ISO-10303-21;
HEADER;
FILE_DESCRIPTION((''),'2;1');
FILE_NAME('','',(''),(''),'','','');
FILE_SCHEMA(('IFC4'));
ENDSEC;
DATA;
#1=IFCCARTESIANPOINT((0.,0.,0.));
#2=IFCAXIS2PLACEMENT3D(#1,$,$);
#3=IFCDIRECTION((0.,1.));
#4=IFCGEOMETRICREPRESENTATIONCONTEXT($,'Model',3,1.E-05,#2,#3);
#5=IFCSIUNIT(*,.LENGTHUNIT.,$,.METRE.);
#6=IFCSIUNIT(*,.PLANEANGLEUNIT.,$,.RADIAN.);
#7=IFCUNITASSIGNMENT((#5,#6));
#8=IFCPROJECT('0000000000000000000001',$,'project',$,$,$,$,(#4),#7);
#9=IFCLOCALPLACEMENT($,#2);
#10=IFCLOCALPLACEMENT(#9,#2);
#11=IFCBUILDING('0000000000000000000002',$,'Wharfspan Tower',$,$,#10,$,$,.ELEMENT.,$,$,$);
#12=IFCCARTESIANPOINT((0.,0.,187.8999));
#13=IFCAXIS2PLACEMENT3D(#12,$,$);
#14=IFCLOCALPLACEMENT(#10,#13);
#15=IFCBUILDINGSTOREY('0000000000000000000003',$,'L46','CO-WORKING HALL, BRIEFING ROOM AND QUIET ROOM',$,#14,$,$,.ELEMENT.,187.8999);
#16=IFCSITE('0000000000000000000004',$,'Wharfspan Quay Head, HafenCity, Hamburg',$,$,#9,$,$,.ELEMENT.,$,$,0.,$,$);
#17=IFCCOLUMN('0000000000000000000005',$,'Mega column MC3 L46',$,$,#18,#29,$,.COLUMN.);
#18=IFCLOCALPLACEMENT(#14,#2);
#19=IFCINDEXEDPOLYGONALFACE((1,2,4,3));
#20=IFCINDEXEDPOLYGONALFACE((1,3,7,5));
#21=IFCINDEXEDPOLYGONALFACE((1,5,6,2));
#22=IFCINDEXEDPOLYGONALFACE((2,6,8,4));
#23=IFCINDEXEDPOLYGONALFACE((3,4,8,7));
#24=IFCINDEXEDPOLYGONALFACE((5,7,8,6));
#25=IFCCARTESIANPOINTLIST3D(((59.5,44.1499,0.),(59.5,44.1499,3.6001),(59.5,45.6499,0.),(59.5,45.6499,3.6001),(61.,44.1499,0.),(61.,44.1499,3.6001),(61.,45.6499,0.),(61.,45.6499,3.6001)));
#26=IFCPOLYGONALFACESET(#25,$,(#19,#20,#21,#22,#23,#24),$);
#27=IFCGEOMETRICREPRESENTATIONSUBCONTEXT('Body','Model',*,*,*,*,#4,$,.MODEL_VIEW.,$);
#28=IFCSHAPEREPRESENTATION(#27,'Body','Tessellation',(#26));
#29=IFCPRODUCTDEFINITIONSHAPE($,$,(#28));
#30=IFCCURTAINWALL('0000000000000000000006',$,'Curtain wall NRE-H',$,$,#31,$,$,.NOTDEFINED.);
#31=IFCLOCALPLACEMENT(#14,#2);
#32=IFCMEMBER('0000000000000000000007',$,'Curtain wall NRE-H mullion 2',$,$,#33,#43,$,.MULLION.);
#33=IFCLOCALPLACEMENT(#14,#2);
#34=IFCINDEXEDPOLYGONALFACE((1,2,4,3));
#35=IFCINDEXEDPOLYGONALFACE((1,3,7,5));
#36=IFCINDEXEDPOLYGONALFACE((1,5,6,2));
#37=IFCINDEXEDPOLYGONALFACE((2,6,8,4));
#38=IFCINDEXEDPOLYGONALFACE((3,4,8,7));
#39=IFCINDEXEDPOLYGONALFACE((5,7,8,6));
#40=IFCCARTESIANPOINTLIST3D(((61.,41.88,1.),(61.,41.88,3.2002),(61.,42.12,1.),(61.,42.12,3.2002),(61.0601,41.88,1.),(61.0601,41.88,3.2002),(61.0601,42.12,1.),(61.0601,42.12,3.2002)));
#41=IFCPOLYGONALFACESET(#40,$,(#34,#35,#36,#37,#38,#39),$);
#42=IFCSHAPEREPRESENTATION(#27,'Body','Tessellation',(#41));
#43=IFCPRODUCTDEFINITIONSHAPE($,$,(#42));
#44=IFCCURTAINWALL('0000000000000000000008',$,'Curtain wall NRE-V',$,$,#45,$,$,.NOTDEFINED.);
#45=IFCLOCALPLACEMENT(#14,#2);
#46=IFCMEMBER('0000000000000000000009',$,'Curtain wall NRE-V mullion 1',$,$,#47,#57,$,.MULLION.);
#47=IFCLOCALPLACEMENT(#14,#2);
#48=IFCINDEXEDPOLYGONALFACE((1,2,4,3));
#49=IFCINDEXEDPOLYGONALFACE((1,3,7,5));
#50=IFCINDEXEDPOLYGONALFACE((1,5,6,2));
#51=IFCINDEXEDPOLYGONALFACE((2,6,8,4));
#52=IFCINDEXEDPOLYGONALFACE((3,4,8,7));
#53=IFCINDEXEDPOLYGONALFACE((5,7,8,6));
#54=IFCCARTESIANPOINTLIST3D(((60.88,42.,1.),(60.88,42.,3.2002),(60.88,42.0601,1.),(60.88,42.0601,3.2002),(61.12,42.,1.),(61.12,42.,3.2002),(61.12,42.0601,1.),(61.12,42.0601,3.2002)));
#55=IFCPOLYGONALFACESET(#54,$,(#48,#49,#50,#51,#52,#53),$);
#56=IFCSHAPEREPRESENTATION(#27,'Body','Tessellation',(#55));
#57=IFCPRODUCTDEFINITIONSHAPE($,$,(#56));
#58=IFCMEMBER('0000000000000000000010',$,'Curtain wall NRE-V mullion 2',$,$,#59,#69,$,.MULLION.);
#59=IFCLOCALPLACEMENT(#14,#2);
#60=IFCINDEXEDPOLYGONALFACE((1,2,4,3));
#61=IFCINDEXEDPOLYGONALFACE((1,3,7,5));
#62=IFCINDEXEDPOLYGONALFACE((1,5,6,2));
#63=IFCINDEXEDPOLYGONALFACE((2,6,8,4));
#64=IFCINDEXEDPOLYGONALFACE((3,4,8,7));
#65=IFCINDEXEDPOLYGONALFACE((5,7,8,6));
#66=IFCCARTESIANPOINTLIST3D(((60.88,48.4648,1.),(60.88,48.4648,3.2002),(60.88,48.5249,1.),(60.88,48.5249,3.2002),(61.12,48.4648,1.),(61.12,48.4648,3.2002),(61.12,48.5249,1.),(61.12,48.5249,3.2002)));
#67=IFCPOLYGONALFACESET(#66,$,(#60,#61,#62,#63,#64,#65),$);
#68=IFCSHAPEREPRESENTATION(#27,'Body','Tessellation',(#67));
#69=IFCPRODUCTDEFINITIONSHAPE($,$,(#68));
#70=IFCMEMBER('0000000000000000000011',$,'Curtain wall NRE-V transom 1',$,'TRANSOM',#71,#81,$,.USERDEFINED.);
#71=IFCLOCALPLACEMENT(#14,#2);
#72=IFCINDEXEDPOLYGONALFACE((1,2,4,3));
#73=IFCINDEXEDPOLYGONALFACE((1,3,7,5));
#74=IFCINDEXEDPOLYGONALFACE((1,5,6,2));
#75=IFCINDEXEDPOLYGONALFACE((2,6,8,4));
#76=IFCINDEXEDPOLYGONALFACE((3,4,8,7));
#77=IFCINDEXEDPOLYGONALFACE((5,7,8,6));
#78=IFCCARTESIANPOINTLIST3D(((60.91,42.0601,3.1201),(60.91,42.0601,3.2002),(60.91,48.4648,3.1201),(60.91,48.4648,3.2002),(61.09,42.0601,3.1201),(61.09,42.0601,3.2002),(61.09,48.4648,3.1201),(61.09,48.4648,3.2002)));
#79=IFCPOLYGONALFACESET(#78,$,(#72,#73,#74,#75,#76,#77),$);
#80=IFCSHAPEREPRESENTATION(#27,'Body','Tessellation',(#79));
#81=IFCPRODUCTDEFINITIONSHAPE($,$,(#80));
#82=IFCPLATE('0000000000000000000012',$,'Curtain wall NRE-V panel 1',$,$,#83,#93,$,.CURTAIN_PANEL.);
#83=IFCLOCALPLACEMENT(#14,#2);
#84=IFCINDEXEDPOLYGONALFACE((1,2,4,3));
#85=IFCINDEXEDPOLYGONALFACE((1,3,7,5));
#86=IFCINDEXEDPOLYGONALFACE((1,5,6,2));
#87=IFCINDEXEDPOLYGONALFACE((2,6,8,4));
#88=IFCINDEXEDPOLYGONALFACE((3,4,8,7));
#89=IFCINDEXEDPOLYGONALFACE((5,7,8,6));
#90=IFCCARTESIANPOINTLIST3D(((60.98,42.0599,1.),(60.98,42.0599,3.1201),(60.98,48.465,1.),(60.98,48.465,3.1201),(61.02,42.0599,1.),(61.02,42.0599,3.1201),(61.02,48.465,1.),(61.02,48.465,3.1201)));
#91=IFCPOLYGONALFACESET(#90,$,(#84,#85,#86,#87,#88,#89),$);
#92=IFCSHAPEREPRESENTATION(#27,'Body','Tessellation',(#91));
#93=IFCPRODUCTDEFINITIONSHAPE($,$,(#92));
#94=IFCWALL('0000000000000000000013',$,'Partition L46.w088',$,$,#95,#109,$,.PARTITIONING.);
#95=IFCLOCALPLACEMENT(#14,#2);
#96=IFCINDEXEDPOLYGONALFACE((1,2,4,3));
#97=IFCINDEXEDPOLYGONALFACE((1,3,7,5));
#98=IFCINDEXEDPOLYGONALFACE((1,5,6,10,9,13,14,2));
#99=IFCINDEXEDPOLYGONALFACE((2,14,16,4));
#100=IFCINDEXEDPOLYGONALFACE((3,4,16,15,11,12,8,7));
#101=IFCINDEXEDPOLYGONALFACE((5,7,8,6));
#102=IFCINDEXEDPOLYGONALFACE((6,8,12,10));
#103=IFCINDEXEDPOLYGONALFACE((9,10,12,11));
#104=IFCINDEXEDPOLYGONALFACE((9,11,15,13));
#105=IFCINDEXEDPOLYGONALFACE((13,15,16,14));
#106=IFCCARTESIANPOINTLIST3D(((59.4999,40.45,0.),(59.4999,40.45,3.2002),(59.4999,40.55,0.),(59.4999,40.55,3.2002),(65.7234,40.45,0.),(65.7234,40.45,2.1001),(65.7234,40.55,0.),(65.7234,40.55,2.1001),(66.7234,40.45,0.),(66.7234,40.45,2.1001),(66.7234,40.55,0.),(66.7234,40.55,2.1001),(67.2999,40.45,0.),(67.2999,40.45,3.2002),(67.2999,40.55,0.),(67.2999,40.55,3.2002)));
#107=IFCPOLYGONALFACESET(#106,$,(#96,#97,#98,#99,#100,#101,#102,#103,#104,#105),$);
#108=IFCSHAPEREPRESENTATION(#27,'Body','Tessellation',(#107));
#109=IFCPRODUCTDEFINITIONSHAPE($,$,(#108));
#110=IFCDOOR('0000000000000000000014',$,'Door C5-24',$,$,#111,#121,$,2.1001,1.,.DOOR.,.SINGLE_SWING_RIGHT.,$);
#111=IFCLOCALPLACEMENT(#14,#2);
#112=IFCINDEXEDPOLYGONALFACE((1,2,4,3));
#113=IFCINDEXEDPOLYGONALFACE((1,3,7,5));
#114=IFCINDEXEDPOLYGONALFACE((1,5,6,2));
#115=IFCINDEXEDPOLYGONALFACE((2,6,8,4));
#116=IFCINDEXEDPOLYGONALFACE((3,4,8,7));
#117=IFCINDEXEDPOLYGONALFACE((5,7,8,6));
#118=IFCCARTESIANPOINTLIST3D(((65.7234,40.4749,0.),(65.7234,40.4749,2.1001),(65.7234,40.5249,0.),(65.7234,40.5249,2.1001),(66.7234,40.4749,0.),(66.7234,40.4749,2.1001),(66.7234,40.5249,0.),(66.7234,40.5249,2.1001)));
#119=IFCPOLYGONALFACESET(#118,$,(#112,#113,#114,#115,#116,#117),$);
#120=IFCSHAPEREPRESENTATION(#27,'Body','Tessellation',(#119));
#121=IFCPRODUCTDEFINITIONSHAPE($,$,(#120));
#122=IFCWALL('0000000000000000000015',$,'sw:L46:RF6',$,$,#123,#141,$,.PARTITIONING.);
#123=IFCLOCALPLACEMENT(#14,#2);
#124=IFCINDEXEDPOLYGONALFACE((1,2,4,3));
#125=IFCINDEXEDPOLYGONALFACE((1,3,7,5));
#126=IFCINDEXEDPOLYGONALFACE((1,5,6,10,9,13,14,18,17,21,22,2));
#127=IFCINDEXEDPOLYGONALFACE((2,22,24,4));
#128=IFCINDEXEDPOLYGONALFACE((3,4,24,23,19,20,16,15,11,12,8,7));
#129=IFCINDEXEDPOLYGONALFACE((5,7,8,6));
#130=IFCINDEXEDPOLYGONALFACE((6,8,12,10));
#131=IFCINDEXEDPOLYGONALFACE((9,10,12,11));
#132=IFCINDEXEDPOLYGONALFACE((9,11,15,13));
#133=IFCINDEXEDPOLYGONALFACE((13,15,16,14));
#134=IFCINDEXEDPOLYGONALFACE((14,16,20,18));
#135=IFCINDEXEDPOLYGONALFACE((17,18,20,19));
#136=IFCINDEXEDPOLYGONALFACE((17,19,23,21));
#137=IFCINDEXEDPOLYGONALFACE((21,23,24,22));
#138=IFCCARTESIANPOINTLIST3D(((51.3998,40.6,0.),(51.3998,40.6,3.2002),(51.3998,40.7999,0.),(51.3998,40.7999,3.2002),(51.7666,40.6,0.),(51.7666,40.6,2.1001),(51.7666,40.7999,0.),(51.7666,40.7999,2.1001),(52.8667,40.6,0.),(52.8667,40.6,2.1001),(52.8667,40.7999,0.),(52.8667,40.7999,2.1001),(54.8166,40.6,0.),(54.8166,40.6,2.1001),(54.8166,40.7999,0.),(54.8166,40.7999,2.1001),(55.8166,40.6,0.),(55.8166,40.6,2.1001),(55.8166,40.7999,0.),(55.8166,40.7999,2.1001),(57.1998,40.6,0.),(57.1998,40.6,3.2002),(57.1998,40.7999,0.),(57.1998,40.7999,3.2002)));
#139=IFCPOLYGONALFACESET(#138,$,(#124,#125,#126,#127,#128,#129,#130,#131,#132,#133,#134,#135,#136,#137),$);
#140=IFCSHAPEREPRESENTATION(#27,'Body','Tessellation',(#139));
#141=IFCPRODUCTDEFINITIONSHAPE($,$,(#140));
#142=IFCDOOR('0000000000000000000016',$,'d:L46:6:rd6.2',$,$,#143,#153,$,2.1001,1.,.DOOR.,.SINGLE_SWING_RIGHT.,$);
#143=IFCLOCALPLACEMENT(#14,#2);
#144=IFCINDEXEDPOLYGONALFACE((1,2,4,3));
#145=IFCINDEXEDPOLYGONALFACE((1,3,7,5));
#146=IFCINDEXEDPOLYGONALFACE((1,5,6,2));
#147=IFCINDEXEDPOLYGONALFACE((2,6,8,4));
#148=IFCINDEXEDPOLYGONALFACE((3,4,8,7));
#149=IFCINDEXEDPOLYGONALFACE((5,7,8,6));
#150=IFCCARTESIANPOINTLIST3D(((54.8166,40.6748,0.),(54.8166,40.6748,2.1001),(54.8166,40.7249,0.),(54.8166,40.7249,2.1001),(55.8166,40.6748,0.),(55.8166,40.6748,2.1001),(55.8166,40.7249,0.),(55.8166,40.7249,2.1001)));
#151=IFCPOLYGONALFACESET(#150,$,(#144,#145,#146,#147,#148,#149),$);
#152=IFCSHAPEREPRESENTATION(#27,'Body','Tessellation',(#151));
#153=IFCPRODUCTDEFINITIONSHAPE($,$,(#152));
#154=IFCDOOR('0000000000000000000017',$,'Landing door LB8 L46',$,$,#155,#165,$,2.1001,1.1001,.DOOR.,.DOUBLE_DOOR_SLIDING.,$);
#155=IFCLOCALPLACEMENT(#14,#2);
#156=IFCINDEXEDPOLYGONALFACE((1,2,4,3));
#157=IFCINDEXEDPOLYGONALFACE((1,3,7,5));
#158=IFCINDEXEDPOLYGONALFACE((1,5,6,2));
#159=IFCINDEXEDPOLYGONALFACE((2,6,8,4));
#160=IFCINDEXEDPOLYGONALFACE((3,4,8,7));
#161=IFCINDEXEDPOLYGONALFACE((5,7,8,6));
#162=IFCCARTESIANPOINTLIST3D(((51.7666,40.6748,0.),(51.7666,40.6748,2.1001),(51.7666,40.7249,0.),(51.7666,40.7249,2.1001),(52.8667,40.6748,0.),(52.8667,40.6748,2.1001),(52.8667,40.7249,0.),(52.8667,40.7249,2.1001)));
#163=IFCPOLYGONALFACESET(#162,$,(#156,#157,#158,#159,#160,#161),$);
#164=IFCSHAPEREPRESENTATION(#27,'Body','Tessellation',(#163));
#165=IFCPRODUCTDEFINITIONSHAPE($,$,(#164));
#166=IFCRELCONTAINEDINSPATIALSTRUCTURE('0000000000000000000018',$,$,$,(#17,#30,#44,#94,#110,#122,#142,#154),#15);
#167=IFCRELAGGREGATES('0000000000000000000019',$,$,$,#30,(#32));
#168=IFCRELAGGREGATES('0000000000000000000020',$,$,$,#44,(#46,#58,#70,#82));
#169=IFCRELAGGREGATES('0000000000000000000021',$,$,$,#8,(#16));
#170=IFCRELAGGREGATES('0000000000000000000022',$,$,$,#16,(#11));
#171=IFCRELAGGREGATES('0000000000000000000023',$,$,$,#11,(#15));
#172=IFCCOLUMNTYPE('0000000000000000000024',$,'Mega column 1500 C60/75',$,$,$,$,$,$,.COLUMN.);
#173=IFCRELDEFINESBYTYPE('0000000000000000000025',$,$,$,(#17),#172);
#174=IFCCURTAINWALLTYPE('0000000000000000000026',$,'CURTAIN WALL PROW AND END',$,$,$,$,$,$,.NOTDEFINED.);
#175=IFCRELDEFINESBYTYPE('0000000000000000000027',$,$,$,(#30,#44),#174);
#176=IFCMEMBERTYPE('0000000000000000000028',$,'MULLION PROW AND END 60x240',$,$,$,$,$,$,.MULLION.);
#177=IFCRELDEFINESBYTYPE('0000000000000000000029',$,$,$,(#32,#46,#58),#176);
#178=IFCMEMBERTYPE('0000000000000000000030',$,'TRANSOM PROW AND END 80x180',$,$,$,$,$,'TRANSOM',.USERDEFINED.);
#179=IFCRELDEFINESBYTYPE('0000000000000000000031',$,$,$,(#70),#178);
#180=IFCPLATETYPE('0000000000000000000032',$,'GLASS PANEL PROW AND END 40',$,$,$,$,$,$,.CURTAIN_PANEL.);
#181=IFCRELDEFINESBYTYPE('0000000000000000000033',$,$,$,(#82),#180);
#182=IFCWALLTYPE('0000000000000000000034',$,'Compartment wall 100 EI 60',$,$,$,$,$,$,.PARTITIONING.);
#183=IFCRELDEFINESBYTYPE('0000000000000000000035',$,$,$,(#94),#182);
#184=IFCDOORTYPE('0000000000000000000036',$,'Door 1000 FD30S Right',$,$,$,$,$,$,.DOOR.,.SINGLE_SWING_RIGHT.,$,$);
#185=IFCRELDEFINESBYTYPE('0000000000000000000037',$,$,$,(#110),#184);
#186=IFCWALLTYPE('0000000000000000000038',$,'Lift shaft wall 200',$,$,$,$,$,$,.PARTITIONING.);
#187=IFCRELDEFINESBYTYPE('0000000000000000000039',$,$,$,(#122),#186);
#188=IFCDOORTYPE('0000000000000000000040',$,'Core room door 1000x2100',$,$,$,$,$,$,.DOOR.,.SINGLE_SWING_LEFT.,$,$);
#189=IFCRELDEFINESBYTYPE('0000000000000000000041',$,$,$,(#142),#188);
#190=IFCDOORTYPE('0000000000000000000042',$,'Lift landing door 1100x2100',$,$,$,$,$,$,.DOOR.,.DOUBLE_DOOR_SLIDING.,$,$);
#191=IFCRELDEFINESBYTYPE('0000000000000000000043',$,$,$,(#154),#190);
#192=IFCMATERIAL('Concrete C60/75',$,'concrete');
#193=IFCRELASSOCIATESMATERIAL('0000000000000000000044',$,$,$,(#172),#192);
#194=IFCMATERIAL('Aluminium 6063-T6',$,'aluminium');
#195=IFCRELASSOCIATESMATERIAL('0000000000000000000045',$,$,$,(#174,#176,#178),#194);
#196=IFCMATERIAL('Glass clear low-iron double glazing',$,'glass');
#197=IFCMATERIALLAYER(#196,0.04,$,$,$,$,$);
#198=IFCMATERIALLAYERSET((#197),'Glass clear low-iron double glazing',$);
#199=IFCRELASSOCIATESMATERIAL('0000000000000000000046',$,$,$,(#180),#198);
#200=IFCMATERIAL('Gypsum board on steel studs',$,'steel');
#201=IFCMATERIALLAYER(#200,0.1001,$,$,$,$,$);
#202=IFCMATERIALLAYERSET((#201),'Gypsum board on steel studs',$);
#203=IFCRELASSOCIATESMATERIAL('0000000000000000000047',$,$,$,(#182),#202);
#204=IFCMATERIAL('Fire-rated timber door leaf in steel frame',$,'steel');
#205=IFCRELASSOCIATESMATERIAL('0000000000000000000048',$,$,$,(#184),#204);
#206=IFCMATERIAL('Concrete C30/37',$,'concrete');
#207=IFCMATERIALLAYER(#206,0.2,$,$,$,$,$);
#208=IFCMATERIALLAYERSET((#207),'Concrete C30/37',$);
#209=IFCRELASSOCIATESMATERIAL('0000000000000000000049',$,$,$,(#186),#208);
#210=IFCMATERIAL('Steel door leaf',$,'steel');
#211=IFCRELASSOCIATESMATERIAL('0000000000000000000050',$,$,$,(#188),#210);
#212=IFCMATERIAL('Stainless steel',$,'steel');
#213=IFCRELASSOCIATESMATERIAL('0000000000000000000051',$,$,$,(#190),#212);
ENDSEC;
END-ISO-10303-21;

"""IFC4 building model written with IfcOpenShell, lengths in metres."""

from ifc_helpers import new_model, si_unit, direction, frame, frame_2d, origin, origin_2d, place, context, subcontext, project, spatial, rectangle, extrude, material, layer, layer_set, material_profile, profile_set, type_object, element, fill, aggregate, save


model = new_model("IFC4")

# Units and contexts
model_context = context("Model", 3, precision=1e-05, world=origin(), true_north=direction((0.0, 1.0)))
body_context = subcontext(model_context, "Body", "Model", "MODEL_VIEW")
ifc_project = project(units=[si_unit("LENGTHUNIT", "METRE"), si_unit("PLANEANGLEUNIT", "RADIAN")], contexts=[model_context])

# Site, building, storey
site_placement = place(None, origin())
site = spatial("IfcSite", under=ifc_project, at=site_placement, Name="Wharfspan Quay Head, HafenCity, Hamburg", CompositionType="ELEMENT", RefElevation=0.0)
building_placement = place(site_placement, origin())
building = spatial("IfcBuilding", under=site, at=building_placement, Name="Wharfspan Tower", CompositionType="ELEMENT")
storey_placement = place(building_placement, frame((0.0, 0.0, 187.8999)))
storey = spatial("IfcBuildingStorey", under=building, at=storey_placement, Name="L46", Description="CO-WORKING HALL, BRIEFING ROOM AND QUIET ROOM", CompositionType="ELEMENT", Elevation=187.8999)

# Column
ifc_material_1 = material(Name="Concrete C60/75", Category="concrete")
ifc_material_profile_1 = material_profile(ifc_material_1, rectangle(XDim=1.5, YDim=1.5, at=origin_2d()))
ifc_profile_set_1 = profile_set([ifc_material_profile_1], Name="Concrete C60/75")
column_type = type_object("IfcColumnType", Name="Mega column 1500 C60/75", PredefinedType="COLUMN", material=ifc_profile_set_1)
column_placement = place(storey_placement, frame((60.25, 44.8999, 0.0), z_axis=(0.0, 0.0, 1.0), x_axis=(1.0, 0.0, 0.0)))
element("IfcColumn", 1, at=column_placement, inside=storey, type_object=column_type, Name="Mega column MC3 L46", PredefinedType="COLUMN", context=body_context, shape_type="SweptSolid", body=[
    extrude(rectangle(XDim=1.5, YDim=1.5, at=origin_2d()), origin(), (0.0, 0.0, 1.0), 3.6001),
])

# Curtain wall, member
ifc_material_2 = material(Name="Aluminium 6063-T6", Category="aluminium")
curtain_wall_type = type_object("IfcCurtainWallType", Name="CURTAIN WALL PROW AND END", PredefinedType="NOTDEFINED", material=ifc_material_2)
curtain_wall_1_placement = place(storey_placement, origin())
curtain_wall_1 = element("IfcCurtainWall", 2, at=curtain_wall_1_placement, inside=storey, type_object=curtain_wall_type, Name="Curtain wall NRE-H", PredefinedType="NOTDEFINED")
ifc_material_profile_2 = material_profile(ifc_material_2, rectangle(XDim=0.24, YDim=0.0601, at=origin_2d()))
ifc_profile_set_2 = profile_set([ifc_material_profile_2], Name="Aluminium 6063-T6")
member_type_1 = type_object("IfcMemberType", Name="MULLION PROW AND END 60x240", PredefinedType="MULLION", material=ifc_profile_set_2)
member_1_placement = place(storey_placement, frame((61.03, 42.0, 1.0), z_axis=(0.0, 0.0, 1.0), x_axis=(0.0, -1.0, 0.0)))
member_1 = element("IfcMember", 3, at=member_1_placement, type_object=member_type_1, Name="Curtain wall NRE-H mullion 2", PredefinedType="MULLION", context=body_context, shape_type="SweptSolid", body=[
    extrude(rectangle(XDim=0.24, YDim=0.0601, at=origin_2d()), origin(), (0.0, 0.0, 1.0), 2.2002),
])
aggregate(curtain_wall_1, [member_1])

# Curtain wall, members, plate
curtain_wall_2_placement = place(storey_placement, origin())
curtain_wall_2 = element("IfcCurtainWall", 4, at=curtain_wall_2_placement, inside=storey, type_object=curtain_wall_type, Name="Curtain wall NRE-V", PredefinedType="NOTDEFINED")
member_2_placement = place(storey_placement, frame((61.0, 42.03, 1.0), z_axis=(0.0, 0.0, 1.0), x_axis=(-1.0, 0.0, 0.0)))
member_2 = element("IfcMember", 5, at=member_2_placement, type_object=member_type_1, Name="Curtain wall NRE-V mullion 1", PredefinedType="MULLION", context=body_context, shape_type="SweptSolid", body=[
    extrude(rectangle(XDim=0.24, YDim=0.0601, at=origin_2d()), origin(), (0.0, 0.0, 1.0), 2.2002),
])
member_3_placement = place(storey_placement, frame((61.0, 48.4949, 1.0), z_axis=(0.0, 0.0, 1.0), x_axis=(-1.0, 0.0, 0.0)))
member_3 = element("IfcMember", 6, at=member_3_placement, type_object=member_type_1, Name="Curtain wall NRE-V mullion 2", PredefinedType="MULLION", context=body_context, shape_type="SweptSolid", body=[
    extrude(rectangle(XDim=0.24, YDim=0.0601, at=origin_2d()), origin(), (0.0, 0.0, 1.0), 2.2002),
])
ifc_material_profile_3 = material_profile(ifc_material_2, rectangle(XDim=0.1799, YDim=0.0801, at=origin_2d()))
ifc_profile_set_3 = profile_set([ifc_material_profile_3], Name="Aluminium 6063-T6")
member_type_2 = type_object("IfcMemberType", Name="TRANSOM PROW AND END 80x180", ElementType="TRANSOM", PredefinedType="USERDEFINED", material=ifc_profile_set_3)
member_4_placement = place(storey_placement, frame((61.0, 42.0601, 3.1602), z_axis=(0.0, 1.0, 0.0), x_axis=(-1.0, 0.0, 0.0)))
member_4 = element("IfcMember", 7, at=member_4_placement, type_object=member_type_2, Name="Curtain wall NRE-V transom 1", ObjectType="TRANSOM", PredefinedType="USERDEFINED", context=body_context, shape_type="SweptSolid", body=[
    extrude(rectangle(XDim=0.1799, YDim=0.0801, at=origin_2d()), origin(), (0.0, 0.0, 1.0), 6.4048),
])
ifc_material_3 = material(Name="Glass clear low-iron double glazing", Category="glass")
ifc_layer_1 = layer(ifc_material_3, 0.04)
ifc_layer_set_1 = layer_set([ifc_layer_1], Name="Glass clear low-iron double glazing")
plate_type = type_object("IfcPlateType", Name="GLASS PANEL PROW AND END 40", PredefinedType="CURTAIN_PANEL", material=ifc_layer_set_1)
plate_placement = place(storey_placement, frame((61.0, 45.2625, 1.0), z_axis=(0.0, 0.0, 1.0), x_axis=(0.0, 1.0, 0.0)))
plate = element("IfcPlate", 8, at=plate_placement, type_object=plate_type, Name="Curtain wall NRE-V panel 1", PredefinedType="CURTAIN_PANEL", context=body_context, shape_type="SweptSolid", body=[
    extrude(rectangle(XDim=6.405, YDim=0.04, at=origin_2d()), origin(), (0.0, 0.0, 1.0), 2.1201),
])
aggregate(curtain_wall_2, [member_2, member_3, member_4, plate])

# Wall, opening, door
ifc_material_4 = material(Name="Gypsum board on steel studs", Category="steel")
ifc_layer_2 = layer(ifc_material_4, 0.1001)
ifc_layer_set_2 = layer_set([ifc_layer_2], Name="Gypsum board on steel studs")
wall_type_1 = type_object("IfcWallType", Name="Compartment wall 100 EI 60", PredefinedType="PARTITIONING", material=ifc_layer_set_2)
wall_1_placement = place(storey_placement, frame((59.5, 40.5, 0.0), z_axis=(0.0, 0.0, 1.0), x_axis=(1.0, 0.0, 0.0)))
wall_1 = element("IfcWall", 9, at=wall_1_placement, inside=storey, type_object=wall_type_1, Name="Partition L46.w088", PredefinedType="PARTITIONING", context=body_context, shape_type="SweptSolid", body=[
    extrude(rectangle(XDim=7.8, YDim=0.1001, at=frame_2d((3.8999, 0.0))), origin(), (0.0, 0.0, 1.0), 3.2002),
])
opening_1_placement = place(wall_1_placement, frame((6.2234, 0.0, 0.0)))
opening_1 = element("IfcOpeningElement", 10, at=opening_1_placement, cuts=wall_1, PredefinedType="OPENING", context=body_context, shape_type="SweptSolid", body=[
    extrude(rectangle(XDim=1.0, YDim=2.1001, at=frame_2d((0.5, 1.05))), frame((0.0, 0.0601, 0.0), z_axis=(0.0, -1.0, 0.0), x_axis=(1.0, 0.0, 0.0)), (0.0, 0.0, 1.0), 0.1201),
])
ifc_material_5 = material(Name="Fire-rated timber door leaf in steel frame", Category="steel")
door_type_1 = type_object("IfcDoorType", Name="Door 1000 FD30S Right", OperationType="SINGLE_SWING_RIGHT", PredefinedType="DOOR", material=ifc_material_5)
door_1_placement = place(opening_1_placement, origin())
door_1 = element("IfcDoor", 11, at=door_1_placement, inside=storey, type_object=door_type_1, Name="Door C5-24", OperationType="SINGLE_SWING_RIGHT", OverallHeight=2.1001, OverallWidth=1.0, PredefinedType="DOOR", context=body_context, shape_type="SweptSolid", body=[
    extrude(rectangle(XDim=1.0, YDim=2.1001, at=frame_2d((0.5, 1.05))), frame((0.0, 0.0249, 0.0), z_axis=(0.0, -1.0, 0.0), x_axis=(1.0, 0.0, 0.0)), (0.0, 0.0, 1.0), 0.05),
])
fill(opening_1, door_1)

# Wall, openings, doors
ifc_material_6 = material(Name="Concrete C30/37", Category="concrete")
ifc_layer_3 = layer(ifc_material_6, 0.2)
ifc_layer_set_3 = layer_set([ifc_layer_3], Name="Concrete C30/37")
wall_type_2 = type_object("IfcWallType", Name="Lift shaft wall 200", PredefinedType="PARTITIONING", material=ifc_layer_set_3)
wall_2_placement = place(storey_placement, frame((51.3999, 40.7, 0.0), z_axis=(0.0, 0.0, 1.0), x_axis=(1.0, 0.0, 0.0)))
wall_2 = element("IfcWall", 12, at=wall_2_placement, inside=storey, type_object=wall_type_2, Name="sw:L46:RF6", PredefinedType="PARTITIONING", context=body_context, shape_type="SweptSolid", body=[
    extrude(rectangle(XDim=5.8, YDim=0.2, at=frame_2d((2.8999, 0.0))), origin(), (0.0, 0.0, 1.0), 3.2002),
])
opening_2_placement = place(wall_2_placement, frame((0.3667, 0.0, 0.0)))
opening_2 = element("IfcOpeningElement", 13, at=opening_2_placement, cuts=wall_2, PredefinedType="OPENING", context=body_context, shape_type="SweptSolid", body=[
    extrude(rectangle(XDim=1.1001, YDim=2.1001, at=frame_2d((0.55, 1.05))), frame((0.0, 0.1099, 0.0), z_axis=(0.0, -1.0, 0.0), x_axis=(1.0, 0.0, 0.0)), (0.0, 0.0, 1.0), 0.22),
])
opening_3_placement = place(wall_2_placement, frame((3.4167, 0.0, 0.0)))
opening_3 = element("IfcOpeningElement", 14, at=opening_3_placement, cuts=wall_2, PredefinedType="OPENING", context=body_context, shape_type="SweptSolid", body=[
    extrude(rectangle(XDim=1.0, YDim=2.1001, at=frame_2d((0.5, 1.05))), frame((0.0, 0.1099, 0.0), z_axis=(0.0, -1.0, 0.0), x_axis=(1.0, 0.0, 0.0)), (0.0, 0.0, 1.0), 0.22),
])
ifc_material_7 = material(Name="Steel door leaf", Category="steel")
door_type_2 = type_object("IfcDoorType", Name="Core room door 1000x2100", OperationType="SINGLE_SWING_LEFT", PredefinedType="DOOR", material=ifc_material_7)
door_2_placement = place(opening_3_placement, origin())
door_2 = element("IfcDoor", 15, at=door_2_placement, inside=storey, type_object=door_type_2, Name="d:L46:6:rd6.2", OperationType="SINGLE_SWING_RIGHT", OverallHeight=2.1001, OverallWidth=1.0, PredefinedType="DOOR", context=body_context, shape_type="SweptSolid", body=[
    extrude(rectangle(XDim=1.0, YDim=2.1001, at=frame_2d((0.5, 1.05))), frame((0.0, 0.0249, 0.0), z_axis=(0.0, -1.0, 0.0), x_axis=(1.0, 0.0, 0.0)), (0.0, 0.0, 1.0), 0.05),
])
fill(opening_3, door_2)
ifc_material_8 = material(Name="Stainless steel", Category="steel")
door_type_3 = type_object("IfcDoorType", Name="Lift landing door 1100x2100", OperationType="DOUBLE_DOOR_SLIDING", PredefinedType="DOOR", material=ifc_material_8)
door_3_placement = place(opening_2_placement, origin())
door_3 = element("IfcDoor", 16, at=door_3_placement, inside=storey, type_object=door_type_3, Name="Landing door LB8 L46", OperationType="DOUBLE_DOOR_SLIDING", OverallHeight=2.1001, OverallWidth=1.1001, PredefinedType="DOOR", context=body_context, shape_type="SweptSolid", body=[
    extrude(rectangle(XDim=1.1001, YDim=2.1001, at=frame_2d((0.55, 1.05))), frame((0.0, 0.0249, 0.0), z_axis=(0.0, -1.0, 0.0), x_axis=(1.0, 0.0, 0.0)), (0.0, 0.0, 1.0), 0.05),
])
fill(opening_2, door_3)

save(model, "model.ifc")
